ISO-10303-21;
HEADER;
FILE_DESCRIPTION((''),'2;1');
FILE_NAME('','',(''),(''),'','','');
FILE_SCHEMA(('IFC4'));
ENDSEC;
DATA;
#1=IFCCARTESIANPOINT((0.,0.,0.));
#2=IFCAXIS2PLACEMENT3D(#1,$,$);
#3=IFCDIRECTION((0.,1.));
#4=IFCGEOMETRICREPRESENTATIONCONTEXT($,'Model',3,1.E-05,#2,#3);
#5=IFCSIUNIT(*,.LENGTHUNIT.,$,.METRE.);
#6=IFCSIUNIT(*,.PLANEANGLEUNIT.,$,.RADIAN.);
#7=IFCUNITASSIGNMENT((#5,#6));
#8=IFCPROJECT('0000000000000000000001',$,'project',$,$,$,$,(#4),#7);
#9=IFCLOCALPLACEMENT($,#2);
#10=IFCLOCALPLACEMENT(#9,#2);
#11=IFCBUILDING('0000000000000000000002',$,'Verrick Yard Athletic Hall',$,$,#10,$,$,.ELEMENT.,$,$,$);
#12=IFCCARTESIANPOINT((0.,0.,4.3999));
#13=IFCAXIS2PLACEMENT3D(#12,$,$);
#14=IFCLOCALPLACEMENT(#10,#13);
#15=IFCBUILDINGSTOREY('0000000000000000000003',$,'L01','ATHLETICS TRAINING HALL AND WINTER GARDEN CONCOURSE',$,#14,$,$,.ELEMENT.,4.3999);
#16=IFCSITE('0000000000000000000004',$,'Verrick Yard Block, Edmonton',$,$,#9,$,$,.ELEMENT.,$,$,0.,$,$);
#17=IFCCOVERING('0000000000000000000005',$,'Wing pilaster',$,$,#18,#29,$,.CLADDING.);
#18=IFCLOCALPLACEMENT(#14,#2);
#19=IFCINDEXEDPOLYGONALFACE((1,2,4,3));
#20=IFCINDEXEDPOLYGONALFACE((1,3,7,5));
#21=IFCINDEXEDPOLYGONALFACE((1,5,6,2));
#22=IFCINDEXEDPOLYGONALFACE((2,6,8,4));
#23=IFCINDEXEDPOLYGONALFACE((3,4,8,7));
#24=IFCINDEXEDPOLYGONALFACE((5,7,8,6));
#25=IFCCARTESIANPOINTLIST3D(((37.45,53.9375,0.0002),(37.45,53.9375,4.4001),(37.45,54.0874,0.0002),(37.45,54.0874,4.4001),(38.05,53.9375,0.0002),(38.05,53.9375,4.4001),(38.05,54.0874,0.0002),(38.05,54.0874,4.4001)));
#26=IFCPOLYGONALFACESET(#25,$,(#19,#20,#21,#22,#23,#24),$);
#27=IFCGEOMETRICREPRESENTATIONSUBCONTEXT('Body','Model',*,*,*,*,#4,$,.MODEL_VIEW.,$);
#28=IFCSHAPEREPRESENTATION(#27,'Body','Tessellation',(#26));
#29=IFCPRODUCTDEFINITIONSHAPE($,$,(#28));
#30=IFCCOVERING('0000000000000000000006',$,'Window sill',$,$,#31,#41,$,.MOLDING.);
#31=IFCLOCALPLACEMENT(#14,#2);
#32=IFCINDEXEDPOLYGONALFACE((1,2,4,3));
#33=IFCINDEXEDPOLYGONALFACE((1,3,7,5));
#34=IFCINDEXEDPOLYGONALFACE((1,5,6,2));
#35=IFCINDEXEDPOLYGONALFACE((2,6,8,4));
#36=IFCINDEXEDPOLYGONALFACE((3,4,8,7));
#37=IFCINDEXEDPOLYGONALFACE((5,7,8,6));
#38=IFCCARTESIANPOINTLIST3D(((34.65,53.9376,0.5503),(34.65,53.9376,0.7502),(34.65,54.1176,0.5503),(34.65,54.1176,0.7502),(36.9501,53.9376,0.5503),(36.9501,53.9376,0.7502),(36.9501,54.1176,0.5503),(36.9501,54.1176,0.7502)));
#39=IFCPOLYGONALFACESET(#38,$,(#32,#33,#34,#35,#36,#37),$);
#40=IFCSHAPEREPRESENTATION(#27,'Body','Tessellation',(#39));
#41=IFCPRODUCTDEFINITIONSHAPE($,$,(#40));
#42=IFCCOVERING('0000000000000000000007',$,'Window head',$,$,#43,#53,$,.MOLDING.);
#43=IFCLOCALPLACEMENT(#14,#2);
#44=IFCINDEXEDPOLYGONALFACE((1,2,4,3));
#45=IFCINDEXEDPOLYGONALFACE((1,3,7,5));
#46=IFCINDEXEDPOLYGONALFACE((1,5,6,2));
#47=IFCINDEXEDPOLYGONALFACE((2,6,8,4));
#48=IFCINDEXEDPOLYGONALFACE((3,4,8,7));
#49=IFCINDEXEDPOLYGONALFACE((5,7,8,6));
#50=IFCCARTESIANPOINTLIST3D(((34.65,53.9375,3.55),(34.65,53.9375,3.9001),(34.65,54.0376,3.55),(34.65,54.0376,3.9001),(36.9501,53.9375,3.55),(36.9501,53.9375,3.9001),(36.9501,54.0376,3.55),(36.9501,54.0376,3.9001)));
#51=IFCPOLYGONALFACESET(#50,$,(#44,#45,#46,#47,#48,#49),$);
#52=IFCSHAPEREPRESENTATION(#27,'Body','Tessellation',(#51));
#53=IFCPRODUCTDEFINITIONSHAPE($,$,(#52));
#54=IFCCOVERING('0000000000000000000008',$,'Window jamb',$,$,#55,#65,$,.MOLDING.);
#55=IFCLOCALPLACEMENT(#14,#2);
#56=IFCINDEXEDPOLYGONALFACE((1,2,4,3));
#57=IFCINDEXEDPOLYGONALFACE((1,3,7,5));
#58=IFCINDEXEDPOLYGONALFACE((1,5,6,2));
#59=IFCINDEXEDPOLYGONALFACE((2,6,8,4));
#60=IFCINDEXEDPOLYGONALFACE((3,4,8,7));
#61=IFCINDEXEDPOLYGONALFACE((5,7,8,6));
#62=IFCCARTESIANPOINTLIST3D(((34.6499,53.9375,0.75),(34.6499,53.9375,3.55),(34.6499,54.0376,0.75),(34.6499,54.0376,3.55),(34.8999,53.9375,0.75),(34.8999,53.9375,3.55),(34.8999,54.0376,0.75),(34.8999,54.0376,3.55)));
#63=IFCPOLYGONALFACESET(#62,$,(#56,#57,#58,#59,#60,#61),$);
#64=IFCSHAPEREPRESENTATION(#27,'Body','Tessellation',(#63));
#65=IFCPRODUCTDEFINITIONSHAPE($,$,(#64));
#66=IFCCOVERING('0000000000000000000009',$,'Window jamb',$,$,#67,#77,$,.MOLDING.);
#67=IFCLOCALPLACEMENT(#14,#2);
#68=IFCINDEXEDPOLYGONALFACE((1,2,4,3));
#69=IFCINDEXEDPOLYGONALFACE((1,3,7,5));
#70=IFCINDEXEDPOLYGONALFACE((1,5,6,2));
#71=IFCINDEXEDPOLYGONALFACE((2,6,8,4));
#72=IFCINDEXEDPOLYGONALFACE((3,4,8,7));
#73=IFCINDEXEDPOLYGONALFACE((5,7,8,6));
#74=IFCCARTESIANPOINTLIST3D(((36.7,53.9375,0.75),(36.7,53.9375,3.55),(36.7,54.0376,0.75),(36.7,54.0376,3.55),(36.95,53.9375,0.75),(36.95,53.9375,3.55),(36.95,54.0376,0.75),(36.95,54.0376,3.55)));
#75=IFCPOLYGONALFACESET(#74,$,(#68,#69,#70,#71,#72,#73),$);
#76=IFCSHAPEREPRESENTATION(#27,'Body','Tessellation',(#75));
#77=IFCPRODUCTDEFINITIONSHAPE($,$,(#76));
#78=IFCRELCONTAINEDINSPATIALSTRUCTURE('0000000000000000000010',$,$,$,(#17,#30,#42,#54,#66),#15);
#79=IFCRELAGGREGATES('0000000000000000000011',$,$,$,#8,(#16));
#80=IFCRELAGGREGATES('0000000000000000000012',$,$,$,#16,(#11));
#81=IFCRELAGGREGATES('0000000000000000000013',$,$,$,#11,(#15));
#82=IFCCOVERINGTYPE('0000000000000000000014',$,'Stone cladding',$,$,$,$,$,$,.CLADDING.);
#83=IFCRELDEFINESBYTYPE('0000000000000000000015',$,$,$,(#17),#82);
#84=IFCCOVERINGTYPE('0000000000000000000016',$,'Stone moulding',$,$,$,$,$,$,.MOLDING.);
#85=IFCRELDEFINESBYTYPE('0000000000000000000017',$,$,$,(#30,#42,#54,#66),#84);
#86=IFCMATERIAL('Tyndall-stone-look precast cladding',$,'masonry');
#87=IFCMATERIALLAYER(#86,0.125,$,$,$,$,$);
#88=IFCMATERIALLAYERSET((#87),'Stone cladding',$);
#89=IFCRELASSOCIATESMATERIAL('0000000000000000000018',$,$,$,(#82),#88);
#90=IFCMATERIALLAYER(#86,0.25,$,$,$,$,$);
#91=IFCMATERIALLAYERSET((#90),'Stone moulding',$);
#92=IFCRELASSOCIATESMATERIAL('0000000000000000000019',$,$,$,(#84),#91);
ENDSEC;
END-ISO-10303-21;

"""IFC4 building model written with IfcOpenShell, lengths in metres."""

from ifc_helpers import new_model, si_unit, direction, frame, origin, origin_2d, place, context, subcontext, project, spatial, rectangle, extrude, material, layer, layer_set, type_object, element, save


model = new_model("IFC4")

# Units and contexts
model_context = context("Model", 3, precision=1e-05, world=origin(), true_north=direction((0.0, 1.0)))
body_context = subcontext(model_context, "Body", "Model", "MODEL_VIEW")
ifc_project = project(units=[si_unit("LENGTHUNIT", "METRE"), si_unit("PLANEANGLEUNIT", "RADIAN")], contexts=[model_context])

# Site, building, storey
site_placement = place(None, origin())
site = spatial("IfcSite", under=ifc_project, at=site_placement, Name="Verrick Yard Block, Edmonton", CompositionType="ELEMENT", RefElevation=0.0)
building_placement = place(site_placement, origin())
building = spatial("IfcBuilding", under=site, at=building_placement, Name="Verrick Yard Athletic Hall", CompositionType="ELEMENT")
storey_placement = place(building_placement, frame((0.0, 0.0, 4.3999)))
storey = spatial("IfcBuildingStorey", under=building, at=storey_placement, Name="L01", Description="ATHLETICS TRAINING HALL AND WINTER GARDEN CONCOURSE", CompositionType="ELEMENT", Elevation=4.3999)

# Coverings
ifc_material_1 = material(Name="Tyndall-stone-look precast cladding", Category="masonry")
ifc_layer_1 = layer(ifc_material_1, 0.125)
ifc_layer_set_1 = layer_set([ifc_layer_1], Name="Stone cladding")
covering_type_1 = type_object("IfcCoveringType", Name="Stone cladding", PredefinedType="CLADDING", material=ifc_layer_set_1)
for number, where, z_axis, x_axis, name in (
    (1, (37.75, 54.0125, 0.0002), (0.0, 0.0, 1.0), (1.0, 0.0, 0.0), "Wing pilaster"),
):
    element("IfcCovering", number, at=place(storey_placement, frame(where, z_axis=z_axis, x_axis=x_axis)), inside=storey, type_object=covering_type_1, Name=name, PredefinedType="CLADDING", context=body_context, shape_type="SweptSolid", body=[
        extrude(rectangle(XDim=0.6001, YDim=0.1499, at=origin_2d()), origin(), (0.0, 0.0, 1.0), 4.3999),
    ])
ifc_layer_2 = layer(ifc_material_1, 0.25)
ifc_layer_set_2 = layer_set([ifc_layer_2], Name="Stone moulding")
covering_type_2 = type_object("IfcCoveringType", Name="Stone moulding", PredefinedType="MOLDING", material=ifc_layer_set_2)
covering_1_placement = place(storey_placement, frame((35.8, 54.0276, 0.5503), z_axis=(0.0, 0.0, 1.0), x_axis=(1.0, 0.0, 0.0)))
element("IfcCovering", 2, at=covering_1_placement, inside=storey, type_object=covering_type_2, Name="Window sill", PredefinedType="MOLDING", context=body_context, shape_type="SweptSolid", body=[
    extrude(rectangle(XDim=2.3, YDim=0.1799, at=origin_2d()), origin(), (0.0, 0.0, 1.0), 0.2),
])
covering_2_placement = place(storey_placement, frame((35.8, 53.9875, 3.55), z_axis=(0.0, 0.0, 1.0), x_axis=(1.0, 0.0, 0.0)))
element("IfcCovering", 3, at=covering_2_placement, inside=storey, type_object=covering_type_2, Name="Window head", PredefinedType="MOLDING", context=body_context, shape_type="SweptSolid", body=[
    extrude(rectangle(XDim=2.3, YDim=0.1001, at=origin_2d()), origin(), (0.0, 0.0, 1.0), 0.3501),
])
for number, where, z_axis, x_axis, name in (
    (4, (34.7749, 53.9875, 0.75), (0.0, 0.0, 1.0), (1.0, 0.0, 0.0), "Window jamb"),
    (5, (36.825, 53.9875, 0.75), (0.0, 0.0, 1.0), (1.0, 0.0, 0.0), "Window jamb"),
):
    element("IfcCovering", number, at=place(storey_placement, frame(where, z_axis=z_axis, x_axis=x_axis)), inside=storey, type_object=covering_type_2, Name=name, PredefinedType="MOLDING", context=body_context, shape_type="SweptSolid", body=[
        extrude(rectangle(XDim=0.25, YDim=0.1001, at=origin_2d()), origin(), (0.0, 0.0, 1.0), 2.8),
    ])

save(model, "model.ifc")
